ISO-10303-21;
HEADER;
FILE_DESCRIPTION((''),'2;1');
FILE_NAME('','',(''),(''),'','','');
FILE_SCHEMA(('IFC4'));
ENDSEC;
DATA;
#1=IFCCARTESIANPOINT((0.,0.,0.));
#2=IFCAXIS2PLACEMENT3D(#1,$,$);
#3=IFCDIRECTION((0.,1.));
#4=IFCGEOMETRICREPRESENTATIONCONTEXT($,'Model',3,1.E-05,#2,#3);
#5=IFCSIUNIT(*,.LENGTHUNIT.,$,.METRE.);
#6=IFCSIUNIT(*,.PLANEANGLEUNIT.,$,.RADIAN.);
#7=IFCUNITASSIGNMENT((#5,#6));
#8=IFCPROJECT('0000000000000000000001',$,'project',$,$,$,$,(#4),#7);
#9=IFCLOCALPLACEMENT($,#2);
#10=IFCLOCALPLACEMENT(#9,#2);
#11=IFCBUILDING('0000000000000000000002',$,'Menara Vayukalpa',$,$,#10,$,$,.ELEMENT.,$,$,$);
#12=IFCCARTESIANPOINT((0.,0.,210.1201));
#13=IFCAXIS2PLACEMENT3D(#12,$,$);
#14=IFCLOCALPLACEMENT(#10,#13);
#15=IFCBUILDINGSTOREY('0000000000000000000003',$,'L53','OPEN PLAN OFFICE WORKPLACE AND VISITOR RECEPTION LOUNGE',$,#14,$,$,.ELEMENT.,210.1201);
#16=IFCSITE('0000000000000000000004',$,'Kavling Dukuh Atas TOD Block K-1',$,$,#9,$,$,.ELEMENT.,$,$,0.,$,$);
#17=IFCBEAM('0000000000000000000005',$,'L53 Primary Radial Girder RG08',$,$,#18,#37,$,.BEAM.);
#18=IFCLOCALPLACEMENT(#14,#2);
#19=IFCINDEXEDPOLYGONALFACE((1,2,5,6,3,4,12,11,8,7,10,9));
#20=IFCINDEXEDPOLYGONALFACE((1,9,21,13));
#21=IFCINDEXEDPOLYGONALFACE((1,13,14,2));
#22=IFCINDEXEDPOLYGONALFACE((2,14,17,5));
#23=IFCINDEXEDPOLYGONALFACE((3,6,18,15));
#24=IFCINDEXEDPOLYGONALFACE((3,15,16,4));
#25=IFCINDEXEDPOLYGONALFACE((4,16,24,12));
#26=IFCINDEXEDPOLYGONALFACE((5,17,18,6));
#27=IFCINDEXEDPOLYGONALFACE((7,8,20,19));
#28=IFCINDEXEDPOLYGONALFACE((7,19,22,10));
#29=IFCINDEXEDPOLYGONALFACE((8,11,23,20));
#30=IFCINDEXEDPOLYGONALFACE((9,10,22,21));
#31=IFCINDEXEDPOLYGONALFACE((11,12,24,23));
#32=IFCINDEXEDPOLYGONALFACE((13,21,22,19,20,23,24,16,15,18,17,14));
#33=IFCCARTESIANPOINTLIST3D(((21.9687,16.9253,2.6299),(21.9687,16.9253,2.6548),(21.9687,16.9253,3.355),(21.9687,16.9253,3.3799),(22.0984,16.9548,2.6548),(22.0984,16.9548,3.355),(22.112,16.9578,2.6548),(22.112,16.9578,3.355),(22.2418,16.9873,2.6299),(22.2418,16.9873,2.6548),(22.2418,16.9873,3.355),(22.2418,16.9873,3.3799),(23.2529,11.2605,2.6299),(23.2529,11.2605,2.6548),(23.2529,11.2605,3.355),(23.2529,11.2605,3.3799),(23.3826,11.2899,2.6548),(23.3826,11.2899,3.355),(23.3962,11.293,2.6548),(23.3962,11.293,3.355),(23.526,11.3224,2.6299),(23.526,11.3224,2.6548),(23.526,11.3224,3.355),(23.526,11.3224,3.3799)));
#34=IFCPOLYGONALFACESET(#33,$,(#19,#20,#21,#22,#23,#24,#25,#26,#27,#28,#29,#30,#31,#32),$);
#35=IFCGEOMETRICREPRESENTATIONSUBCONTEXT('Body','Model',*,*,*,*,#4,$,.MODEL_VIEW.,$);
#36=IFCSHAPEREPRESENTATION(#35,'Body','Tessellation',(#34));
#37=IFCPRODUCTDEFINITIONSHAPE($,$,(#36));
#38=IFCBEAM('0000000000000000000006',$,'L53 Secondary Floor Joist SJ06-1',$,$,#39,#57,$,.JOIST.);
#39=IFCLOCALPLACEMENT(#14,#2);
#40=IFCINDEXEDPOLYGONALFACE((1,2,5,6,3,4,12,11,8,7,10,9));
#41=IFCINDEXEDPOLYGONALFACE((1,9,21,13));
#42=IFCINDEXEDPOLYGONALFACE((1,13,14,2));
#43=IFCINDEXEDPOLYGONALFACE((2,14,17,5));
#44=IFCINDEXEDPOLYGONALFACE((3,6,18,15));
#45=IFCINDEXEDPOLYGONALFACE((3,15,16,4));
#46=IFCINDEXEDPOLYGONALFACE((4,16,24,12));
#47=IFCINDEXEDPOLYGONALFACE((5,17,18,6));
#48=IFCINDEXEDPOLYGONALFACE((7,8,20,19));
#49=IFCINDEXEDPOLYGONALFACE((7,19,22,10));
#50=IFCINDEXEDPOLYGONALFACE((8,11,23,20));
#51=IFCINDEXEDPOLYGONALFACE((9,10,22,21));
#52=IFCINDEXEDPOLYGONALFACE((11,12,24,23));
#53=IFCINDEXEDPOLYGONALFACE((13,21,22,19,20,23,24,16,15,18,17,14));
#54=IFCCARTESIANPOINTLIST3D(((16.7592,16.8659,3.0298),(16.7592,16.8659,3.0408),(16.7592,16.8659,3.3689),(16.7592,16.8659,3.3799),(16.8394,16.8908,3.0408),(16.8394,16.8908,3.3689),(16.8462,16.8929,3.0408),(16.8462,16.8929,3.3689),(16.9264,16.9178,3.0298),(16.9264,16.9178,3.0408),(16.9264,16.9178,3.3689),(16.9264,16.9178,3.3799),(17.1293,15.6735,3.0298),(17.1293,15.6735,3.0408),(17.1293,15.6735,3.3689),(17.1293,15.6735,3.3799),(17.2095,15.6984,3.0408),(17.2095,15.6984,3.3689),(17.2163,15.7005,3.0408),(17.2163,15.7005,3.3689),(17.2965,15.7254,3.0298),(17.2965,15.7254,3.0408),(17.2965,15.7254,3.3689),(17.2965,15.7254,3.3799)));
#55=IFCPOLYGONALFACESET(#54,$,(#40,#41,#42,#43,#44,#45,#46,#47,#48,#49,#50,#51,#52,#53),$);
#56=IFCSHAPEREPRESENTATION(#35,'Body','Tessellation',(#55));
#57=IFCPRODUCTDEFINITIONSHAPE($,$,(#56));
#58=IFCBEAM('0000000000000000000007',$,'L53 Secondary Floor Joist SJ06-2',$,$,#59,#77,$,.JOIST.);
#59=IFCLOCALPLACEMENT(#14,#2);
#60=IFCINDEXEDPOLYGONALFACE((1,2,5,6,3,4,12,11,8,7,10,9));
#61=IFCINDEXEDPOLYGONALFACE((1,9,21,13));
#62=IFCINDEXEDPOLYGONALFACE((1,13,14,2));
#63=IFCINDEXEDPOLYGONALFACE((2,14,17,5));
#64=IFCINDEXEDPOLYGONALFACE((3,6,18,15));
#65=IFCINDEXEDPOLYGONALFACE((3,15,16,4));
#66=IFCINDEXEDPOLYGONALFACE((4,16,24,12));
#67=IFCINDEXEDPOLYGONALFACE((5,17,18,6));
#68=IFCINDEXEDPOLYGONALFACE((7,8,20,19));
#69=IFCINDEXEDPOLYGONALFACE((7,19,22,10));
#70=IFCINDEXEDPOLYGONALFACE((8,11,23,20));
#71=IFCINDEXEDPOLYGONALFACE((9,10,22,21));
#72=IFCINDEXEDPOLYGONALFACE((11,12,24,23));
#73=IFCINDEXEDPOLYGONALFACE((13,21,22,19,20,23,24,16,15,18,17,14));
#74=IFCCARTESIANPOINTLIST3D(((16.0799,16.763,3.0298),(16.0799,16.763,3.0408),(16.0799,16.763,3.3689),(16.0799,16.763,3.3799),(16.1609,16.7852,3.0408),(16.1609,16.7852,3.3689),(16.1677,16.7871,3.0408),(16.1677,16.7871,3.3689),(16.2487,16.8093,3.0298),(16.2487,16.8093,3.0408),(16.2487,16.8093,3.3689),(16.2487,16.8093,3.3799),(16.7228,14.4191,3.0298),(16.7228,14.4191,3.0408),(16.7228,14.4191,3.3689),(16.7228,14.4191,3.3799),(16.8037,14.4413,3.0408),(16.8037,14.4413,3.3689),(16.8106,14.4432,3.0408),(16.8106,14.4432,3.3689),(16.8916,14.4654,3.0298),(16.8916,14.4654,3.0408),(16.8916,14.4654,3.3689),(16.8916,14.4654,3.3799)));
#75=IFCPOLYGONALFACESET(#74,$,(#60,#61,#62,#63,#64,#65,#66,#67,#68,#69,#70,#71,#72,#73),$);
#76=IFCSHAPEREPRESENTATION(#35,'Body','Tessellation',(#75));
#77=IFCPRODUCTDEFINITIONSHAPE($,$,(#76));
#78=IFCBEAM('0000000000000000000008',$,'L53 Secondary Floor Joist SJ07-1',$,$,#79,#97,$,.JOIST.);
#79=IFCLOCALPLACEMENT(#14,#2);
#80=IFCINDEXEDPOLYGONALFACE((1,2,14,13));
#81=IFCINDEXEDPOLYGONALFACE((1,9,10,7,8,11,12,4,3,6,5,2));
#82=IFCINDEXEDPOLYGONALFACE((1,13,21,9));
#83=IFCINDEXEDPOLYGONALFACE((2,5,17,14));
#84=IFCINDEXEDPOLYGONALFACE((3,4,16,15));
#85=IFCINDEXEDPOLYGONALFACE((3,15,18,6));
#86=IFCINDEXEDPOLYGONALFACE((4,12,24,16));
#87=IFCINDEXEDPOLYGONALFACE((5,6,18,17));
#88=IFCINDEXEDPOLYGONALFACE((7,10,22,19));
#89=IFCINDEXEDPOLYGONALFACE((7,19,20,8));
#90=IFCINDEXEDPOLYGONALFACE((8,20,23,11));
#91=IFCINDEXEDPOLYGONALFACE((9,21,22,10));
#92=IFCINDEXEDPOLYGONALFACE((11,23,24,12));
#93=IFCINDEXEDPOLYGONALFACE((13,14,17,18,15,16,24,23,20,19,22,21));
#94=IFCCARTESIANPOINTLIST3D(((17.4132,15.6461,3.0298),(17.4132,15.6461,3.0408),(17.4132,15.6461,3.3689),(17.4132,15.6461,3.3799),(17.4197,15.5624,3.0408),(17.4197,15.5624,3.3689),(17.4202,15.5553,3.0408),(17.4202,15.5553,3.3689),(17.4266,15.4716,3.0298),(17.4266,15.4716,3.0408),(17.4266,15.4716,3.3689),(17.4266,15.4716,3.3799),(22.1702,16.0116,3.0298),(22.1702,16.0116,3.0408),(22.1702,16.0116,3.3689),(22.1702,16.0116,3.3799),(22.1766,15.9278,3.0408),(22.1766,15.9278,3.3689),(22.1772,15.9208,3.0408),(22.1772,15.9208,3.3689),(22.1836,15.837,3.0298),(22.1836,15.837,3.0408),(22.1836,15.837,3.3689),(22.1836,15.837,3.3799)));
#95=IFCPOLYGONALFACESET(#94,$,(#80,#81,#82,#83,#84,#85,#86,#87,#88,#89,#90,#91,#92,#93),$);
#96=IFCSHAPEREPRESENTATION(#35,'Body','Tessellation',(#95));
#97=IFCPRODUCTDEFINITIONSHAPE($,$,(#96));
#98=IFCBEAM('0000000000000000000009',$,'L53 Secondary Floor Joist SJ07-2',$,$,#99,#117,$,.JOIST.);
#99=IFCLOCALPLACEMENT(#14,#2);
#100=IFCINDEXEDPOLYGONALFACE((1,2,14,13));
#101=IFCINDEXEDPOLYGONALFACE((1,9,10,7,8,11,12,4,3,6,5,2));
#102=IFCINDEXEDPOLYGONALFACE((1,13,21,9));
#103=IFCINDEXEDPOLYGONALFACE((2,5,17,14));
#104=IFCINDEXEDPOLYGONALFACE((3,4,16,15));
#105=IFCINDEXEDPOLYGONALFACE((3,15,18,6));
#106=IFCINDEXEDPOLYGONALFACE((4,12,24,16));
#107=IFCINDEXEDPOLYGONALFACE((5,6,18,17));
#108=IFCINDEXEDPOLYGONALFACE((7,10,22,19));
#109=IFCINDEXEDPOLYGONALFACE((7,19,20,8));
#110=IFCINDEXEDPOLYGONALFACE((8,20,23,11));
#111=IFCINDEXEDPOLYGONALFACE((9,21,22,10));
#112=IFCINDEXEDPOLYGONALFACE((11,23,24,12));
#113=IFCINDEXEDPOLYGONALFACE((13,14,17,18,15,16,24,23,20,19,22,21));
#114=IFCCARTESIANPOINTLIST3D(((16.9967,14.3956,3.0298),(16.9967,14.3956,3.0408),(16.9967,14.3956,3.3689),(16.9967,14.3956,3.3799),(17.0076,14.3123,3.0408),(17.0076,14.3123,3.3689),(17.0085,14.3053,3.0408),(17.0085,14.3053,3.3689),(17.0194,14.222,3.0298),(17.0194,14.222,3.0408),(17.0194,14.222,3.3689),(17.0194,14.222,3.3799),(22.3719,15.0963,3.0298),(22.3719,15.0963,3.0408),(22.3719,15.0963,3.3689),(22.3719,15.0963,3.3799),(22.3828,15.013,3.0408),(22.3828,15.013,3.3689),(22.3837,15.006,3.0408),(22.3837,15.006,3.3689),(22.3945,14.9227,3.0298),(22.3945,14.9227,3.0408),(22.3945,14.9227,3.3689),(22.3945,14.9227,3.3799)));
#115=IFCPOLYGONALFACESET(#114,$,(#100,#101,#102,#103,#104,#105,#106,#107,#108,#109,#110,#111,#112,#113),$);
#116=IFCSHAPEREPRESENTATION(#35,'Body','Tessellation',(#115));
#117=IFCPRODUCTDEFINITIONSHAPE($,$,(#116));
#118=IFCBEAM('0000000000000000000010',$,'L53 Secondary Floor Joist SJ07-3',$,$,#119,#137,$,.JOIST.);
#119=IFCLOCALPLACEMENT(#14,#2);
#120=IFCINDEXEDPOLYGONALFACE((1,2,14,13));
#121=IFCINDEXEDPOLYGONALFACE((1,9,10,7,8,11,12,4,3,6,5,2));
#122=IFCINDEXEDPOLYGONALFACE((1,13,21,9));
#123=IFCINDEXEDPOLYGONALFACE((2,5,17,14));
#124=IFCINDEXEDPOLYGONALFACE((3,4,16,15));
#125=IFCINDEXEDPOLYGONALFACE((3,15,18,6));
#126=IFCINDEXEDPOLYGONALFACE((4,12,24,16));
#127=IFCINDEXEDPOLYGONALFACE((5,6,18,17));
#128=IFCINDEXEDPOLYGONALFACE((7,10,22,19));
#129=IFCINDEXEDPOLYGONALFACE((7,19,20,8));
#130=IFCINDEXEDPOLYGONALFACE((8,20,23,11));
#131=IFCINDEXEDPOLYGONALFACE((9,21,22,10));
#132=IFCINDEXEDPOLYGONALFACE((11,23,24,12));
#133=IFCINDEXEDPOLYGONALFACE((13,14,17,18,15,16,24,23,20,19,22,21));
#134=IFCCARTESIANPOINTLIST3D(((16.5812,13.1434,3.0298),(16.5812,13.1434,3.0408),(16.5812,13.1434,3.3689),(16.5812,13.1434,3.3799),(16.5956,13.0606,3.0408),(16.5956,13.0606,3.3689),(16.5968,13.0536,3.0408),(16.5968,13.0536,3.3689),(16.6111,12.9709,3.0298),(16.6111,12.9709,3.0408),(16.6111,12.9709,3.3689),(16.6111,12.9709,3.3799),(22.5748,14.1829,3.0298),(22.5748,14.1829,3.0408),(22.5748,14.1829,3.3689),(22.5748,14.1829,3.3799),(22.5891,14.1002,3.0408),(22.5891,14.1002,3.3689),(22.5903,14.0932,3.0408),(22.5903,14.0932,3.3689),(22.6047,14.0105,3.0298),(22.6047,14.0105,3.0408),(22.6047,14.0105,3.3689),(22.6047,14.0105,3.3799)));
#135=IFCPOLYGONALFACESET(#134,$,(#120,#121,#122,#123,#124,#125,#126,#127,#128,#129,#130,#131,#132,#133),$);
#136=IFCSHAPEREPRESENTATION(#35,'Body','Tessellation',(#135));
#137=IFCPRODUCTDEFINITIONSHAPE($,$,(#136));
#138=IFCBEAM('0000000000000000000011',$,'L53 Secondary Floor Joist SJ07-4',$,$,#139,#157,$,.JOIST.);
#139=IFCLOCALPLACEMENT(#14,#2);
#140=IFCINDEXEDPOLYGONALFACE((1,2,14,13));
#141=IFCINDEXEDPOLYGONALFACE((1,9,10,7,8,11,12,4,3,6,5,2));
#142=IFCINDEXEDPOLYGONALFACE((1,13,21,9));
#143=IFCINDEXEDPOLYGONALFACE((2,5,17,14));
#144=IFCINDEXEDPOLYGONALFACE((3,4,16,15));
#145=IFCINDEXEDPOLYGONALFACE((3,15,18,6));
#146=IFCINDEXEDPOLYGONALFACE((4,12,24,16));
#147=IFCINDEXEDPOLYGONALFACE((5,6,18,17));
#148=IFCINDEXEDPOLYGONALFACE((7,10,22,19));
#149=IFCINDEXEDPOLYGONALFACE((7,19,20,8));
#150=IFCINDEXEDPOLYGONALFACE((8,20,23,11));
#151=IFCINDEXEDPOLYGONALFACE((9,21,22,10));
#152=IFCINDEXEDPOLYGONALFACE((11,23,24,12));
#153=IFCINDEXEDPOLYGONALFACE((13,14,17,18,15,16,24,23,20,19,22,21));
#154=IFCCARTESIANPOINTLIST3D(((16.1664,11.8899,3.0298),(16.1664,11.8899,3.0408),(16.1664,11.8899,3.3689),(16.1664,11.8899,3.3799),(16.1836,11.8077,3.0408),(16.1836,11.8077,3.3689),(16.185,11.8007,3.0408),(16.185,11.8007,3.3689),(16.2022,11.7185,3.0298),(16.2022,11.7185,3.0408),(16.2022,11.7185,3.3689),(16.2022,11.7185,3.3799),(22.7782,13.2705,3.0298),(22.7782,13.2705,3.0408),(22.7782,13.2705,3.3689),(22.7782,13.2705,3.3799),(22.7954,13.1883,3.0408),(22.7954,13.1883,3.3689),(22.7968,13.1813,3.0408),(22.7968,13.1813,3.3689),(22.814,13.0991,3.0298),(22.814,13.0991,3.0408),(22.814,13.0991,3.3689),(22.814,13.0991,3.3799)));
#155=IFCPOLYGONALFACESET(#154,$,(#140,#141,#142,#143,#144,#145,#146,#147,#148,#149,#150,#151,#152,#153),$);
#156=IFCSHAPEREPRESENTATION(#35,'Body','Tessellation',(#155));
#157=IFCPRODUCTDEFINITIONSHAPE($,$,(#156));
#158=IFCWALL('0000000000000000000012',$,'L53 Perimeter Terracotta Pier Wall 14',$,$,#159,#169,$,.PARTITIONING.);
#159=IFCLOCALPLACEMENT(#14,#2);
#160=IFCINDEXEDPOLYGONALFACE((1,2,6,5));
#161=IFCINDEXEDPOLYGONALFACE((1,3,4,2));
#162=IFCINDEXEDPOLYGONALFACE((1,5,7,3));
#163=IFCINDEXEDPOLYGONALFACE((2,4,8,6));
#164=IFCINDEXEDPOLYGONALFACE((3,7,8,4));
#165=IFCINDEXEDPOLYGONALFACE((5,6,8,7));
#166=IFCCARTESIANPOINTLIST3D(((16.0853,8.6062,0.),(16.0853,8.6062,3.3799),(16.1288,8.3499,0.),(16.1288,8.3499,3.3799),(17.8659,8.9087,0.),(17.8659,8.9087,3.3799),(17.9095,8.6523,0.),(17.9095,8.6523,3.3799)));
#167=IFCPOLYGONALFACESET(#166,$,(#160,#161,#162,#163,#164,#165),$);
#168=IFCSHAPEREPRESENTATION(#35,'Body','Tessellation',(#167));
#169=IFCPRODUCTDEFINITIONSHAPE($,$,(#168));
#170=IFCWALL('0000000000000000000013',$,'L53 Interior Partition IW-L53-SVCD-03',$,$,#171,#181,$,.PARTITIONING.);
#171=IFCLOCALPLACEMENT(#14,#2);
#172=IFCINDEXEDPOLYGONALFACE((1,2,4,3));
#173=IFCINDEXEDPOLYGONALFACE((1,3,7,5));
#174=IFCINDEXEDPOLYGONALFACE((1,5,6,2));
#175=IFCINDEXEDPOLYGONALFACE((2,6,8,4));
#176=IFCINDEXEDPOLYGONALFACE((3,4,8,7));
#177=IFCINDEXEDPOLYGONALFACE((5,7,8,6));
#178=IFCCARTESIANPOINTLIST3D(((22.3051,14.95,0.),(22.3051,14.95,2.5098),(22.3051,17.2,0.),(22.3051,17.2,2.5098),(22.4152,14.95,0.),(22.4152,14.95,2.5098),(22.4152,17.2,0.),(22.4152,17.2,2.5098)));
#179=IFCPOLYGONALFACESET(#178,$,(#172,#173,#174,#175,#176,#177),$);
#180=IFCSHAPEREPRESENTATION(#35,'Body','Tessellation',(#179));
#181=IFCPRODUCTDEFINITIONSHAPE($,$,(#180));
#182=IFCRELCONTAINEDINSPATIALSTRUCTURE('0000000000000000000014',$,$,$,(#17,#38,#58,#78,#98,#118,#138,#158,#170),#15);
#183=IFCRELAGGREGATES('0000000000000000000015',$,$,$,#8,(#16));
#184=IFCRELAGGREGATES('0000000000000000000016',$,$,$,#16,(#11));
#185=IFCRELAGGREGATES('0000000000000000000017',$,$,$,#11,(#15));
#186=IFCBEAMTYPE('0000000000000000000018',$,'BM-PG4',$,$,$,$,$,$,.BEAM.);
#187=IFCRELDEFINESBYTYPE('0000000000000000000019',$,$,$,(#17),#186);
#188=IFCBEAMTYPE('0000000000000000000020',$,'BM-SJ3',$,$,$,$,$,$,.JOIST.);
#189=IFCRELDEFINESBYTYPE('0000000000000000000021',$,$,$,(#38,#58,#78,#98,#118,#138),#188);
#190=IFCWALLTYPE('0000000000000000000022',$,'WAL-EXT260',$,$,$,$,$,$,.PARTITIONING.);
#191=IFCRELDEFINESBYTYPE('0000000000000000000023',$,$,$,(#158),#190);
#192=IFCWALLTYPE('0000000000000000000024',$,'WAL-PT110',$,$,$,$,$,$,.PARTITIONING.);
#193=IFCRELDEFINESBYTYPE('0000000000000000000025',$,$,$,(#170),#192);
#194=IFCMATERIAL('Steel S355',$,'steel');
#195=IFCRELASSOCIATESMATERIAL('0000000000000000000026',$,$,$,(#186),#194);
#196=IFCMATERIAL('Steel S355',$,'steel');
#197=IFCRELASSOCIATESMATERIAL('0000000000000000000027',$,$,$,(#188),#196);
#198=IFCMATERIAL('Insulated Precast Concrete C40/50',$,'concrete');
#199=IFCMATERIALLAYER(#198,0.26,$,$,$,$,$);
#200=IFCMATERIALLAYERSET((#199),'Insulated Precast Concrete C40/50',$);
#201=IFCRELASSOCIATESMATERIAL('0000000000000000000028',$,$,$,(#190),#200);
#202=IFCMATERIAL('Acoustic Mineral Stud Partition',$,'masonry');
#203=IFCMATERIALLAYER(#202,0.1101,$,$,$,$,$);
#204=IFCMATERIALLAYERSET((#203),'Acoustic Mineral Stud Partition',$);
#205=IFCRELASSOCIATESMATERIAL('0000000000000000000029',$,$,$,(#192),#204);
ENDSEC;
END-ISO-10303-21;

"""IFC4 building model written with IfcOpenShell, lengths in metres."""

from ifc_helpers import new_model, si_unit, direction, frame, frame_2d, origin, origin_2d, place, context, subcontext, project, spatial, rectangle, i_section, extrude, material, layer, layer_set, material_profile, profile_set, type_object, element, save


model = new_model("IFC4")

# Units and contexts
model_context = context("Model", 3, precision=1e-05, world=origin(), true_north=direction((0.0, 1.0)))
body_context = subcontext(model_context, "Body", "Model", "MODEL_VIEW")
ifc_project = project(units=[si_unit("LENGTHUNIT", "METRE"), si_unit("PLANEANGLEUNIT", "RADIAN")], contexts=[model_context])

# Site, building, storey
site_placement = place(None, origin())
site = spatial("IfcSite", under=ifc_project, at=site_placement, Name="Kavling Dukuh Atas TOD Block K-1", CompositionType="ELEMENT", RefElevation=0.0)
building_placement = place(site_placement, origin())
building = spatial("IfcBuilding", under=site, at=building_placement, Name="Menara Vayukalpa", CompositionType="ELEMENT")
storey_placement = place(building_placement, frame((0.0, 0.0, 210.1201)))
storey = spatial("IfcBuildingStorey", under=building, at=storey_placement, Name="L53", Description="OPEN PLAN OFFICE WORKPLACE AND VISITOR RECEPTION LOUNGE", CompositionType="ELEMENT", Elevation=210.1201)

# Beams
ifc_material_1 = material(Name="Steel S355", Category="steel")
ifc_material_profile_1 = material_profile(ifc_material_1, i_section(OverallWidth=0.28, OverallDepth=0.75, WebThickness=0.0139, FlangeThickness=0.0249, at=origin_2d()), Name="WF 750x280x14x25")
ifc_profile_set_1 = profile_set([ifc_material_profile_1], Name="Steel S355")
beam_type_1 = type_object("IfcBeamType", Name="BM-PG4", PredefinedType="BEAM", material=ifc_profile_set_1)
beam_1_placement = place(storey_placement, frame((22.1052, 16.9563, 3.0049), z_axis=(0.221085, -0.975255, 0.0), x_axis=(0.975255, 0.221085, 0.0)))
element("IfcBeam", 1, at=beam_1_placement, inside=storey, type_object=beam_type_1, Name="L53 Primary Radial Girder RG08", PredefinedType="BEAM", context=body_context, shape_type="SweptSolid", body=[
    extrude(i_section(OverallWidth=0.28, OverallDepth=0.75, WebThickness=0.0139, FlangeThickness=0.0249, at=origin_2d()), origin(), (0.0, 0.0, 1.0), 5.8086),
])
ifc_material_2 = material(Name="Steel S355", Category="steel")
ifc_material_profile_2 = material_profile(ifc_material_2, i_section(OverallWidth=0.175, OverallDepth=0.3501, WebThickness=0.0071, FlangeThickness=0.011, at=origin_2d()), Name="WF 350x175x7x11")
ifc_profile_set_2 = profile_set([ifc_material_profile_2], Name="Steel S355")
beam_type_2 = type_object("IfcBeamType", Name="BM-SJ3", PredefinedType="JOIST", material=ifc_profile_set_2)
beam_2_placement = place(storey_placement, frame((16.8428, 16.8918, 3.2048), z_axis=(0.296448, -0.955049, 0.0), x_axis=(0.955049, 0.296448, 0.0)))
element("IfcBeam", 2, at=beam_2_placement, inside=storey, type_object=beam_type_2, Name="L53 Secondary Floor Joist SJ06-1", PredefinedType="JOIST", context=body_context, shape_type="SweptSolid", body=[
    extrude(i_section(OverallWidth=0.175, OverallDepth=0.3501, WebThickness=0.0071, FlangeThickness=0.011, at=origin_2d()), origin(), (0.0, 0.0, 1.0), 1.2485),
])
beam_3_placement = place(storey_placement, frame((16.1643, 16.7861, 3.2048), z_axis=(0.264503, -0.964385, 0.0), x_axis=(0.964385, 0.264503, 0.0)))
element("IfcBeam", 3, at=beam_3_placement, inside=storey, type_object=beam_type_2, Name="L53 Secondary Floor Joist SJ06-2", PredefinedType="JOIST", context=body_context, shape_type="SweptSolid", body=[
    extrude(i_section(OverallWidth=0.175, OverallDepth=0.3501, WebThickness=0.0071, FlangeThickness=0.011, at=origin_2d()), origin(), (0.0, 0.0, 1.0), 2.4304),
])
beam_4_placement = place(storey_placement, frame((17.4199, 15.5588, 3.2048), z_axis=(0.997062, 0.076603, 0.0), x_axis=(-0.076603, 0.997062, 0.0)))
element("IfcBeam", 4, at=beam_4_placement, inside=storey, type_object=beam_type_2, Name="L53 Secondary Floor Joist SJ07-1", PredefinedType="JOIST", context=body_context, shape_type="SweptSolid", body=[
    extrude(i_section(OverallWidth=0.175, OverallDepth=0.3501, WebThickness=0.0071, FlangeThickness=0.011, at=origin_2d()), origin(), (0.0, 0.0, 1.0), 4.771),
])
beam_5_placement = place(storey_placement, frame((17.0081, 14.3088, 3.2048), z_axis=(0.991611, 0.12926, 0.0), x_axis=(-0.12926, 0.991611, 0.0)))
element("IfcBeam", 5, at=beam_5_placement, inside=storey, type_object=beam_type_2, Name="L53 Secondary Floor Joist SJ07-2", PredefinedType="JOIST", context=body_context, shape_type="SweptSolid", body=[
    extrude(i_section(OverallWidth=0.175, OverallDepth=0.3501, WebThickness=0.0071, FlangeThickness=0.011, at=origin_2d()), origin(), (0.0, 0.0, 1.0), 5.4207),
])
beam_6_placement = place(storey_placement, frame((16.5962, 13.0571, 3.2048), z_axis=(0.985289, 0.170897, 0.0), x_axis=(-0.170897, 0.985289, 0.0)))
element("IfcBeam", 6, at=beam_6_placement, inside=storey, type_object=beam_type_2, Name="L53 Secondary Floor Joist SJ07-3", PredefinedType="JOIST", context=body_context, shape_type="SweptSolid", body=[
    extrude(i_section(OverallWidth=0.175, OverallDepth=0.3501, WebThickness=0.0071, FlangeThickness=0.011, at=origin_2d()), origin(), (0.0, 0.0, 1.0), 6.083),
])
beam_7_placement = place(storey_placement, frame((16.1843, 11.8042, 3.2048), z_axis=(0.978887, 0.204402, 0.0), x_axis=(-0.204402, 0.978887, 0.0)))
element("IfcBeam", 7, at=beam_7_placement, inside=storey, type_object=beam_type_2, Name="L53 Secondary Floor Joist SJ07-4", PredefinedType="JOIST", context=body_context, shape_type="SweptSolid", body=[
    extrude(i_section(OverallWidth=0.175, OverallDepth=0.3501, WebThickness=0.0071, FlangeThickness=0.011, at=origin_2d()), origin(), (0.0, 0.0, 1.0), 6.7544),
])

# Walls
ifc_material_3 = material(Name="Insulated Precast Concrete C40/50", Category="concrete")
ifc_layer_1 = layer(ifc_material_3, 0.26)
ifc_layer_set_1 = layer_set([ifc_layer_1], Name="Insulated Precast Concrete C40/50")
wall_type_1 = type_object("IfcWallType", Name="WAL-EXT260", PredefinedType="PARTITIONING", material=ifc_layer_set_1)
wall_1_placement = place(storey_placement, frame((17.8877, 8.7805, 0.0), z_axis=(0.0, 0.0, 1.0), x_axis=(-0.985878, -0.167467, 0.0)))
element("IfcWall", 8, at=wall_1_placement, inside=storey, type_object=wall_type_1, Name="L53 Perimeter Terracotta Pier Wall 14", PredefinedType="PARTITIONING", context=body_context, shape_type="SweptSolid", body=[
    extrude(rectangle(XDim=1.8062, YDim=0.26, at=frame_2d((0.9031, 0.0))), origin(), (0.0, 0.0, 1.0), 3.3799),
])
ifc_material_4 = material(Name="Acoustic Mineral Stud Partition", Category="masonry")
ifc_layer_2 = layer(ifc_material_4, 0.1101)
ifc_layer_set_2 = layer_set([ifc_layer_2], Name="Acoustic Mineral Stud Partition")
wall_type_2 = type_object("IfcWallType", Name="WAL-PT110", PredefinedType="PARTITIONING", material=ifc_layer_set_2)
wall_2_placement = place(storey_placement, frame((22.3601, 14.95, 0.0), z_axis=(0.0, 0.0, 1.0), x_axis=(0.0, 1.0, 0.0)))
element("IfcWall", 9, at=wall_2_placement, inside=storey, type_object=wall_type_2, Name="L53 Interior Partition IW-L53-SVCD-03", PredefinedType="PARTITIONING", context=body_context, shape_type="SweptSolid", body=[
    extrude(rectangle(XDim=2.25, YDim=0.1101, at=frame_2d((1.125, 0.0))), origin(), (0.0, 0.0, 1.0), 2.5098),
])

save(model, "model.ifc")
